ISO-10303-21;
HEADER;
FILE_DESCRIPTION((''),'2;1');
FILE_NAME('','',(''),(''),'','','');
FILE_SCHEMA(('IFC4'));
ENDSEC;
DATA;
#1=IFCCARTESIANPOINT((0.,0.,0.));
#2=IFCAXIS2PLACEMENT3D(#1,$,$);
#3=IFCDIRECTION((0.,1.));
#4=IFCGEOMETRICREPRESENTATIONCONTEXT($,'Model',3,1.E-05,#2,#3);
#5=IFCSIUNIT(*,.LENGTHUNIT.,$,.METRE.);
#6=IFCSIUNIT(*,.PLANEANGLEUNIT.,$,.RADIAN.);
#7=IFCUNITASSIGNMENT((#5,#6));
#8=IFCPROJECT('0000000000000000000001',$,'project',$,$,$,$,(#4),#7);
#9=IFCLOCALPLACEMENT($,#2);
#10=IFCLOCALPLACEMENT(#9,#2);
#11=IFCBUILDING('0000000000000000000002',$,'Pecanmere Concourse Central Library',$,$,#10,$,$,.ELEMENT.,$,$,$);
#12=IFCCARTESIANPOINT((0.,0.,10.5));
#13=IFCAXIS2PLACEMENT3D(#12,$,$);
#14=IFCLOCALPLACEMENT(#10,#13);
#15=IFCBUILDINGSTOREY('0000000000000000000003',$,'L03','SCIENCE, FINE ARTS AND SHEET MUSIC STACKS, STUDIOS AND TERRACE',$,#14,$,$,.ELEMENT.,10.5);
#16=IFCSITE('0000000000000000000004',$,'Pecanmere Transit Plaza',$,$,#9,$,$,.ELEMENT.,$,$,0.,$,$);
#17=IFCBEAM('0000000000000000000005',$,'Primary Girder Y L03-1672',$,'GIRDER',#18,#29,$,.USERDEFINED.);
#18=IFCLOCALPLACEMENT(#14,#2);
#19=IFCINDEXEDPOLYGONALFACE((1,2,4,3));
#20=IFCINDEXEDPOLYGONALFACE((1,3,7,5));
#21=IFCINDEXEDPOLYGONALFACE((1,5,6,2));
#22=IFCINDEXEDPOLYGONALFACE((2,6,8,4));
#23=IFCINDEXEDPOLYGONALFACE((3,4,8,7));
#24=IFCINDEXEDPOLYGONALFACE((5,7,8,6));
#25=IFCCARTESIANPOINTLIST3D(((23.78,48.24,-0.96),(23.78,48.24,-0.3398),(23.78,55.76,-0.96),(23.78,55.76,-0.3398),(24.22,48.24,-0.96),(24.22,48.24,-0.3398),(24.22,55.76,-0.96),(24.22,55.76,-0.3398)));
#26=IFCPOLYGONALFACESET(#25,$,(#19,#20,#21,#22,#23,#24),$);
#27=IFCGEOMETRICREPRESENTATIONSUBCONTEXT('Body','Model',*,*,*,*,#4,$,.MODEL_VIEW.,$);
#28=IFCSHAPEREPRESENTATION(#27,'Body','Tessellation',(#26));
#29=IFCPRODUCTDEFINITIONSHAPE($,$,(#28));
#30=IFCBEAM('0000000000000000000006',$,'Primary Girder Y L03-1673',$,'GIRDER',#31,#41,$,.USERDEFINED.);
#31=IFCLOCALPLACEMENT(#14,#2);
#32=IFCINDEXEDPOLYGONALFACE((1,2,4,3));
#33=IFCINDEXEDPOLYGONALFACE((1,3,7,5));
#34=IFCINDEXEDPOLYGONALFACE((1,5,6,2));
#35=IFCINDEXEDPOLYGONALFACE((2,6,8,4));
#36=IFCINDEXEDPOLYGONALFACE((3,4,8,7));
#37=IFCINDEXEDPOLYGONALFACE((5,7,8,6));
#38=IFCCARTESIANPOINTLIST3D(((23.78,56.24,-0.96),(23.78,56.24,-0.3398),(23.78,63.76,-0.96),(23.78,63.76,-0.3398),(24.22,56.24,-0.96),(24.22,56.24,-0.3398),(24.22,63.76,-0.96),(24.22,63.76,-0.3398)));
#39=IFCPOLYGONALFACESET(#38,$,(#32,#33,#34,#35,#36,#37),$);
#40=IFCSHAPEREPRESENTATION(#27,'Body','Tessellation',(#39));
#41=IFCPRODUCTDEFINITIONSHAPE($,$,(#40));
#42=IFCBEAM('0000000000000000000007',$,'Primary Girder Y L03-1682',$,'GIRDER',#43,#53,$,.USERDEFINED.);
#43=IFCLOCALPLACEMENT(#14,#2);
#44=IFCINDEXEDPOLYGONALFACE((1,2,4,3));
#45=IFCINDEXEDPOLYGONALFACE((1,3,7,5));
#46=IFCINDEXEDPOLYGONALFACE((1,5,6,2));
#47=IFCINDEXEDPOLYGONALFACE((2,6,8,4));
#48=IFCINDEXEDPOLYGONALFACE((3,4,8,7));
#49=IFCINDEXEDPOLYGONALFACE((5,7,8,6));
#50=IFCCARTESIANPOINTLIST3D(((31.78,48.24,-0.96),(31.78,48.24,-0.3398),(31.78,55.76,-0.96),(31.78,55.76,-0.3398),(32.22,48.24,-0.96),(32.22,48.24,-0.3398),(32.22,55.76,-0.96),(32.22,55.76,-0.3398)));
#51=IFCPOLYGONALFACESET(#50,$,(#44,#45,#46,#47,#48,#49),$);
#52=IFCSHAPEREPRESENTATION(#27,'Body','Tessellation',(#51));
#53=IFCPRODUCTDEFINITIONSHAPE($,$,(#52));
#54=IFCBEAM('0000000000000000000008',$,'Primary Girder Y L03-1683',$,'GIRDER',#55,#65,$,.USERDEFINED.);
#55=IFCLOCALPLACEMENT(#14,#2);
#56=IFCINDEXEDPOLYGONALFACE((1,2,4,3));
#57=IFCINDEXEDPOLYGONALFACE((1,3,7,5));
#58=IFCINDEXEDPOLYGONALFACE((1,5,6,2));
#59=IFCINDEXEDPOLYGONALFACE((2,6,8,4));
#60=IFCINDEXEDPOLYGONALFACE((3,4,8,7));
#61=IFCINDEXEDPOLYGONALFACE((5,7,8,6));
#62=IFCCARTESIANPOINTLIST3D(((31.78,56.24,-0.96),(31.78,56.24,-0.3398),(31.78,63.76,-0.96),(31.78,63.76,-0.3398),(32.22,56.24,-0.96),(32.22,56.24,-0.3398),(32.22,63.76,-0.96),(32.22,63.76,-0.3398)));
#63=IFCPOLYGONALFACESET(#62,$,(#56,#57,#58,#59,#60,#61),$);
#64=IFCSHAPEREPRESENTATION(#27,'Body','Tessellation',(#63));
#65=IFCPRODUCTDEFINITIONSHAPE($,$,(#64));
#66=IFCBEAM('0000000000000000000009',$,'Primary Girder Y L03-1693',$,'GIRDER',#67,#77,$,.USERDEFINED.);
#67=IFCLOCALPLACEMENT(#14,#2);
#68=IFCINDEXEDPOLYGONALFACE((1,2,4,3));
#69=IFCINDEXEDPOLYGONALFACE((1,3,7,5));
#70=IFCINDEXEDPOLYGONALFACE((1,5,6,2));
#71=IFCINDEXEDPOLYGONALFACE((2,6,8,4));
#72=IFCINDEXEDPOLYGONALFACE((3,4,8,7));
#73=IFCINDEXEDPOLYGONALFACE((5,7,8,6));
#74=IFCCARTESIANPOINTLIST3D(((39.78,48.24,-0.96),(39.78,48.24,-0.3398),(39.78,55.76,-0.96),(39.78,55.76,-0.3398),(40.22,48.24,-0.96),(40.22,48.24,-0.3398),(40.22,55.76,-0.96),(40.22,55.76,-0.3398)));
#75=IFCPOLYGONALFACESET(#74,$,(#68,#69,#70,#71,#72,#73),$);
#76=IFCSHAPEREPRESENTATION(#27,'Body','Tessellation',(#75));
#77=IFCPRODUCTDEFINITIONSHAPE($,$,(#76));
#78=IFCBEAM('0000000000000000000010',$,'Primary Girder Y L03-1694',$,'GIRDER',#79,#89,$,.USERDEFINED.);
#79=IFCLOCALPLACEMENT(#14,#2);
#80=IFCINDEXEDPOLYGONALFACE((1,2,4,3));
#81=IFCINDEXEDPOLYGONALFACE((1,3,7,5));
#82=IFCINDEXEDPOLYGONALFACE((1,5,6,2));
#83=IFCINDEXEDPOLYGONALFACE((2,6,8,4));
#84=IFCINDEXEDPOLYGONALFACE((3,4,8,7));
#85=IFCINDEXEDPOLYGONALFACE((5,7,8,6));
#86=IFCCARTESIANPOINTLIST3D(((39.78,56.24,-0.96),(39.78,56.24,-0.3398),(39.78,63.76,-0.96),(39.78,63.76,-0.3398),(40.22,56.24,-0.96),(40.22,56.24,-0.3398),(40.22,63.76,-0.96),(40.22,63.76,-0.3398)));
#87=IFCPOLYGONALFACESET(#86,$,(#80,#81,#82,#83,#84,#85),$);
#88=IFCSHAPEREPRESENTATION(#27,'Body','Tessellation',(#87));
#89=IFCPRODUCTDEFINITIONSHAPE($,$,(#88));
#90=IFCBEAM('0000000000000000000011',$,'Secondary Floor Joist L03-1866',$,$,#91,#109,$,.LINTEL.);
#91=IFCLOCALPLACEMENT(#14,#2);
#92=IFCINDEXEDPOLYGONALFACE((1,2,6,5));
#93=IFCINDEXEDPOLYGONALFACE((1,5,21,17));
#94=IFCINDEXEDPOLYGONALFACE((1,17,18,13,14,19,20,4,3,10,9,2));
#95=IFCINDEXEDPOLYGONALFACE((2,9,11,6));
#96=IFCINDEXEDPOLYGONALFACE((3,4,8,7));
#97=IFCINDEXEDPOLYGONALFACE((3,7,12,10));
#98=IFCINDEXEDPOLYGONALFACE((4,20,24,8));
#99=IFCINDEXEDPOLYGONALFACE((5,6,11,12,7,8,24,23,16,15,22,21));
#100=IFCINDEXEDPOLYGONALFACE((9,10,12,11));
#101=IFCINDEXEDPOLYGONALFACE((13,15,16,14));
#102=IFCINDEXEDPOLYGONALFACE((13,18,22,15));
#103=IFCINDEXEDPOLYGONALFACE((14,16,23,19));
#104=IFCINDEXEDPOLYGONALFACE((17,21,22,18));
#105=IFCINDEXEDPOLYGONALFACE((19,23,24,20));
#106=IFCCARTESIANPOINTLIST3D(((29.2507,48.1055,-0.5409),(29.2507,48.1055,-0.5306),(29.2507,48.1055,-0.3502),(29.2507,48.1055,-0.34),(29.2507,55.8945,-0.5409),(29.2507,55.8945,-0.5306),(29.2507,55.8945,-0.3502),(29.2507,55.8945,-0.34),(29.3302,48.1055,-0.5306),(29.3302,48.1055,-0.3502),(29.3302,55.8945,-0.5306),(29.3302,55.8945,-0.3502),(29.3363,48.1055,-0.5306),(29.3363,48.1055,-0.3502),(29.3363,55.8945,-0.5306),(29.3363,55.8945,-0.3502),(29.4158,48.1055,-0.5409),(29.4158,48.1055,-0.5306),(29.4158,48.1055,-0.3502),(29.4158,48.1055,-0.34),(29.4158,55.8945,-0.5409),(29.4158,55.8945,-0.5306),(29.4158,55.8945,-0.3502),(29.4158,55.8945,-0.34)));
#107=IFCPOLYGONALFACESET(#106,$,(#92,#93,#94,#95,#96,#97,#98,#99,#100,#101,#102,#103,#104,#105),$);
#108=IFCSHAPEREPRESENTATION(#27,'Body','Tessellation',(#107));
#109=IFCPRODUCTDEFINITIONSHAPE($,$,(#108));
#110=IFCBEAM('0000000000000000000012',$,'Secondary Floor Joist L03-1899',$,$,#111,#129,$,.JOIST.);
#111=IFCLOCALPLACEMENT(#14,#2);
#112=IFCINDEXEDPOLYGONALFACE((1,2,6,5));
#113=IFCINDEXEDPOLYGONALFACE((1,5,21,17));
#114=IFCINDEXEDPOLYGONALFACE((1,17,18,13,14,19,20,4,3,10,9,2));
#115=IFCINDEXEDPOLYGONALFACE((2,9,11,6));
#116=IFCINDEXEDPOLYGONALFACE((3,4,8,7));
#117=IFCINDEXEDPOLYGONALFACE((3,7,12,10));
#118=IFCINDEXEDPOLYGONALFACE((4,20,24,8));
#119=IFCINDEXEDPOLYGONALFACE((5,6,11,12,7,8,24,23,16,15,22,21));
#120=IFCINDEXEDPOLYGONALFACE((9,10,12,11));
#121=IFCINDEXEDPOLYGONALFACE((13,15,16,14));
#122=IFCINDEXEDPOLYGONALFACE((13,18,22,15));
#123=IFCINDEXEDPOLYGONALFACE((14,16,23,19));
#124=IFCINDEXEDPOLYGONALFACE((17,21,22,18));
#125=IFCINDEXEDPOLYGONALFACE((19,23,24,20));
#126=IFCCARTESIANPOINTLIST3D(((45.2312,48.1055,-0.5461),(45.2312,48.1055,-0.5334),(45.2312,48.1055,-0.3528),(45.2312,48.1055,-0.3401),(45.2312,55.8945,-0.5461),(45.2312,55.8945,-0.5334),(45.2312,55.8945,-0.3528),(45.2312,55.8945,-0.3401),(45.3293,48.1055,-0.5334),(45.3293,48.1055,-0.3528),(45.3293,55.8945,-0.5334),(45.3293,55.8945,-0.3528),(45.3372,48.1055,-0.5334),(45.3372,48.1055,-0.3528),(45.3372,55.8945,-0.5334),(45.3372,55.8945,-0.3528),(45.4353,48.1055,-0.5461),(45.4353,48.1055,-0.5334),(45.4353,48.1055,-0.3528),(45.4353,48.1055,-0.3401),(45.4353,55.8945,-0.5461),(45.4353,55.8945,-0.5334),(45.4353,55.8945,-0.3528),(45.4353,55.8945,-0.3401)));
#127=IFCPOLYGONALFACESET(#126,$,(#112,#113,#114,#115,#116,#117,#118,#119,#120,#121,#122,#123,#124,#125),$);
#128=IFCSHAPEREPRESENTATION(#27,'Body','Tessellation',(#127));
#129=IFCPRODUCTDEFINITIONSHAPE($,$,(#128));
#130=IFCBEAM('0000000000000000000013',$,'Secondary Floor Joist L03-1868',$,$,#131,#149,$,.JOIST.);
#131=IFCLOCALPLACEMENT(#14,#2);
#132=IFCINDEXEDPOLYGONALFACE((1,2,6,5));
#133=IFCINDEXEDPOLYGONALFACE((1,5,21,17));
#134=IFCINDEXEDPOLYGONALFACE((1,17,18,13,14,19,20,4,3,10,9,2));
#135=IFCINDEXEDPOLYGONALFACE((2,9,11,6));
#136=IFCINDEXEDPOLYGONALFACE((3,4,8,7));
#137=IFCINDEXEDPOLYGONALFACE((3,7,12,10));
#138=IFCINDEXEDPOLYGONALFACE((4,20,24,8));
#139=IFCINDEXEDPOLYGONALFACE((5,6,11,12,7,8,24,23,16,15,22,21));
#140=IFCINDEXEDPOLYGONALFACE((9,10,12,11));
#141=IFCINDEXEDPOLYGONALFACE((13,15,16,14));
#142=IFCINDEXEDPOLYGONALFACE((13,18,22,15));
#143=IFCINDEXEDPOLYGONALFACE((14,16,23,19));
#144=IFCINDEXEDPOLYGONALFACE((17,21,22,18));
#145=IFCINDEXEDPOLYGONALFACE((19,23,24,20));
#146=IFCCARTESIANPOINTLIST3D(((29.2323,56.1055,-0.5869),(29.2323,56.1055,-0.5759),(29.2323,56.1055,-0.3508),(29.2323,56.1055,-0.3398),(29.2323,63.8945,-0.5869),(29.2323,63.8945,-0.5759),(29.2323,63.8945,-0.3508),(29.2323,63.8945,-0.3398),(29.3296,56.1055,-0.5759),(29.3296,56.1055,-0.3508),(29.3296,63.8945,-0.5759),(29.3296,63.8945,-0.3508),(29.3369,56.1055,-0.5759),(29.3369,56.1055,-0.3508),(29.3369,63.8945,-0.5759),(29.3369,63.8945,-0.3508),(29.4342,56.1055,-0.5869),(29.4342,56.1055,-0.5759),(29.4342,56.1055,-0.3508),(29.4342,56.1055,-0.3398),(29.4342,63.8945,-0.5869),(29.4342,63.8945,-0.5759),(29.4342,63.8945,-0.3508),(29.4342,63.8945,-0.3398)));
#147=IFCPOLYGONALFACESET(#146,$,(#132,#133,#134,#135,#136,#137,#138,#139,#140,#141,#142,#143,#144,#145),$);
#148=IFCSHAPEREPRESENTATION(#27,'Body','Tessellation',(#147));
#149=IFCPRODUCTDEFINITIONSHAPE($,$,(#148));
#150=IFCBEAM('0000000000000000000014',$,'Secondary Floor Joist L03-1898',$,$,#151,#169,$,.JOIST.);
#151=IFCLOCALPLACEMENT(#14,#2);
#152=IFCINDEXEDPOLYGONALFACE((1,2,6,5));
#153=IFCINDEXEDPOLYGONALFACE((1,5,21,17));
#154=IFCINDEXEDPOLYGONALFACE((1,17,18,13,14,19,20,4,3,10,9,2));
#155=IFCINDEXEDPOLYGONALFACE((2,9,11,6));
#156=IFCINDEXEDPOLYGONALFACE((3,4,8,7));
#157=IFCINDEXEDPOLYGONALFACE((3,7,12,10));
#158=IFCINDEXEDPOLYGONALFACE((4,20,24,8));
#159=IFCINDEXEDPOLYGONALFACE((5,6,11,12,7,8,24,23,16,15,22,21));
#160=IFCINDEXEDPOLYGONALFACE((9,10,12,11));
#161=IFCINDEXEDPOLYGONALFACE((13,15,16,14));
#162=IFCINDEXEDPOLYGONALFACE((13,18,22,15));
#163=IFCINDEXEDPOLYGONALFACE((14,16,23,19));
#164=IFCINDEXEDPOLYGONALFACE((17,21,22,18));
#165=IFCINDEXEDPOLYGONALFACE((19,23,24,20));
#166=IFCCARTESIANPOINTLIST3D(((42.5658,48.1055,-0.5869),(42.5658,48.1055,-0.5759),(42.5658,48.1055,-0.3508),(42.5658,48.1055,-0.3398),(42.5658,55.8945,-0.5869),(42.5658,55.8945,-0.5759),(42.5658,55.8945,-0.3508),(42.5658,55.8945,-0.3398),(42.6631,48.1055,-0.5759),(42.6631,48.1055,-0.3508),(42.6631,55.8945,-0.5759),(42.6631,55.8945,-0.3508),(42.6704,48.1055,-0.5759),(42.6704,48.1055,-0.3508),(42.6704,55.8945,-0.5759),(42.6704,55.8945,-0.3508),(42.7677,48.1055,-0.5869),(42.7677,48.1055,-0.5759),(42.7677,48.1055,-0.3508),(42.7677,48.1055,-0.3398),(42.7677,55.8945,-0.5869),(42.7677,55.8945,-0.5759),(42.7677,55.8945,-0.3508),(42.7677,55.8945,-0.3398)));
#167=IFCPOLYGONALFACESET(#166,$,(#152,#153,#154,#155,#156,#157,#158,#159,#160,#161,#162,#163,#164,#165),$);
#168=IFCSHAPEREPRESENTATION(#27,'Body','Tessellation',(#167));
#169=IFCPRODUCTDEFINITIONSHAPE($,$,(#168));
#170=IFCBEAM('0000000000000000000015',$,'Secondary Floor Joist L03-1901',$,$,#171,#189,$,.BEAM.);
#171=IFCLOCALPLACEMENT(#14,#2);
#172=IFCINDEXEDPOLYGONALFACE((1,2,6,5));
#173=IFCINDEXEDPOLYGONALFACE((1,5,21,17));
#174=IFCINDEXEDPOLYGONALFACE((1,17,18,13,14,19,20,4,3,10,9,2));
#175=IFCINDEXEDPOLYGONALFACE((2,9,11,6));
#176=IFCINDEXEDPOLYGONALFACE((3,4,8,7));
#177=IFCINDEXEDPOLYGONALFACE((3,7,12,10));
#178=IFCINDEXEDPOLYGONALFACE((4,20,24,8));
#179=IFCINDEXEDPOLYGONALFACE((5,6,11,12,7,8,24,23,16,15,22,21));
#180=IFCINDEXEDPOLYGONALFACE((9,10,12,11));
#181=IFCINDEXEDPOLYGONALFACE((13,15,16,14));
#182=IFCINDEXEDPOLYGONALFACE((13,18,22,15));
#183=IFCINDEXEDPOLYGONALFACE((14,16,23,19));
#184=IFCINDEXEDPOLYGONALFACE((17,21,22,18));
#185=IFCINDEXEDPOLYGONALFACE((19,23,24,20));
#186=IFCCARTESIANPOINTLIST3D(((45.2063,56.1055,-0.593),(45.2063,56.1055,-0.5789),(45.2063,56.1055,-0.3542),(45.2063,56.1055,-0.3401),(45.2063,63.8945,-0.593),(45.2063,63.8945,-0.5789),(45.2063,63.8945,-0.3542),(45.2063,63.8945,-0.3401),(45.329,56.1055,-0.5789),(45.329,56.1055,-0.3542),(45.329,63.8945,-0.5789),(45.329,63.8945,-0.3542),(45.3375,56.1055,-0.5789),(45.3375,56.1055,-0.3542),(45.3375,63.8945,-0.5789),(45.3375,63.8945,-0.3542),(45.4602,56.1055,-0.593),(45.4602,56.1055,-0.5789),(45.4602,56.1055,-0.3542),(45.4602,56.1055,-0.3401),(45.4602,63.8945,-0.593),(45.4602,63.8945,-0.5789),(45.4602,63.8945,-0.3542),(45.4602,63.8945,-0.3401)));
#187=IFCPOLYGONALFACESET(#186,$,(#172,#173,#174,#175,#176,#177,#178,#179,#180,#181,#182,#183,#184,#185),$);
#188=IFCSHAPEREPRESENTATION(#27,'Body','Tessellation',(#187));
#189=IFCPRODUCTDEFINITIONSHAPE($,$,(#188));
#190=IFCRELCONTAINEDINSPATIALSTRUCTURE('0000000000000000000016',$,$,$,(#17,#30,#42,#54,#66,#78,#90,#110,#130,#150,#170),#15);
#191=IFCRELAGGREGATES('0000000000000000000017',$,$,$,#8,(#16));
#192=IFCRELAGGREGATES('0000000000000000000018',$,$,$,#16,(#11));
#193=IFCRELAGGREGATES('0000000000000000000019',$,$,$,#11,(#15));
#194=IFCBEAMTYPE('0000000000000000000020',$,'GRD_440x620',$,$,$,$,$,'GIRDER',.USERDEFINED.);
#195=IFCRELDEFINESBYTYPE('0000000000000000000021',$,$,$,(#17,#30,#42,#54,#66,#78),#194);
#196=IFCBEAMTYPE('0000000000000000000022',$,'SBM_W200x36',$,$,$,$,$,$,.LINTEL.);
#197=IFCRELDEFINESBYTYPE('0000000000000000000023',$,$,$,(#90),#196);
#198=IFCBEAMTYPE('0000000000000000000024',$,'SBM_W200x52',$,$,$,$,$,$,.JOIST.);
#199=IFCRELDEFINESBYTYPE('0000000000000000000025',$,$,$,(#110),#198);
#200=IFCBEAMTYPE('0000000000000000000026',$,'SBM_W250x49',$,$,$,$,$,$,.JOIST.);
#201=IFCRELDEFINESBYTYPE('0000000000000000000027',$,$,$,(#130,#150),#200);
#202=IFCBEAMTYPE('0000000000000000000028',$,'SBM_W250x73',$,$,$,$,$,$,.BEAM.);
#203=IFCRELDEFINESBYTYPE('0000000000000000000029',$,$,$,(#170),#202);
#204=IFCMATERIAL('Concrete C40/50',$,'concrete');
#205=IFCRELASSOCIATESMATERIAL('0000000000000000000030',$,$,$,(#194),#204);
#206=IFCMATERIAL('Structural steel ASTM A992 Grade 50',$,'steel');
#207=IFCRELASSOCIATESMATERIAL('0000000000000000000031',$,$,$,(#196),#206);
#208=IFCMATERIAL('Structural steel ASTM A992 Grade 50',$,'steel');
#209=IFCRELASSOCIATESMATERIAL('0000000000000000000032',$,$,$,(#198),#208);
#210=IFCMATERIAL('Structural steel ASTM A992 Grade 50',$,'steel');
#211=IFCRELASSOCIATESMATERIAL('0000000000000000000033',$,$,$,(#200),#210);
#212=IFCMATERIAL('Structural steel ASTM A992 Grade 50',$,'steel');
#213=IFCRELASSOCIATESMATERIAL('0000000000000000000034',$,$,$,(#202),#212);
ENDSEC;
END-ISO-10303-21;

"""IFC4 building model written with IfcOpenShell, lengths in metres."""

from ifc_helpers import new_model, si_unit, direction, frame, origin, origin_2d, place, context, subcontext, project, spatial, rectangle, i_section, extrude, material, material_profile, profile_set, type_object, element, save


model = new_model("IFC4")

# Units and contexts
model_context = context("Model", 3, precision=1e-05, world=origin(), true_north=direction((0.0, 1.0)))
body_context = subcontext(model_context, "Body", "Model", "MODEL_VIEW")
ifc_project = project(units=[si_unit("LENGTHUNIT", "METRE"), si_unit("PLANEANGLEUNIT", "RADIAN")], contexts=[model_context])

# Site, building, storey
site_placement = place(None, origin())
site = spatial("IfcSite", under=ifc_project, at=site_placement, Name="Pecanmere Transit Plaza", CompositionType="ELEMENT", RefElevation=0.0)
building_placement = place(site_placement, origin())
building = spatial("IfcBuilding", under=site, at=building_placement, Name="Pecanmere Concourse Central Library", CompositionType="ELEMENT")
storey_placement = place(building_placement, frame((0.0, 0.0, 10.5)))
storey = spatial("IfcBuildingStorey", under=building, at=storey_placement, Name="L03", Description="SCIENCE, FINE ARTS AND SHEET MUSIC STACKS, STUDIOS AND TERRACE", CompositionType="ELEMENT", Elevation=10.5)

# Beams
ifc_material_1 = material(Name="Concrete C40/50", Category="concrete")
ifc_material_profile_1 = material_profile(ifc_material_1, rectangle(XDim=0.4399, YDim=0.6201, at=origin_2d()), Name="RC 440x620")
ifc_profile_set_1 = profile_set([ifc_material_profile_1], Name="Concrete C40/50")
beam_type_1 = type_object("IfcBeamType", Name="GRD_440x620", ElementType="GIRDER", PredefinedType="USERDEFINED", material=ifc_profile_set_1)
for number, where, z_axis, x_axis, name in (
    (1, (24.0, 48.24, -0.6499), (0.0, 1.0, 0.0), (-1.0, 0.0, 0.0), "Primary Girder Y L03-1672"),
    (2, (24.0, 56.24, -0.6499), (0.0, 1.0, 0.0), (-1.0, 0.0, 0.0), "Primary Girder Y L03-1673"),
    (3, (32.0, 48.24, -0.6499), (0.0, 1.0, 0.0), (-1.0, 0.0, 0.0), "Primary Girder Y L03-1682"),
    (4, (32.0, 56.24, -0.6499), (0.0, 1.0, 0.0), (-1.0, 0.0, 0.0), "Primary Girder Y L03-1683"),
    (5, (40.0, 48.24, -0.6499), (0.0, 1.0, 0.0), (-1.0, 0.0, 0.0), "Primary Girder Y L03-1693"),
    (6, (40.0, 56.24, -0.6499), (0.0, 1.0, 0.0), (-1.0, 0.0, 0.0), "Primary Girder Y L03-1694"),
):
    element("IfcBeam", number, at=place(storey_placement, frame(where, z_axis=z_axis, x_axis=x_axis)), inside=storey, type_object=beam_type_1, Name=name, ObjectType="GIRDER", PredefinedType="USERDEFINED", context=body_context, shape_type="SweptSolid", body=[
        extrude(rectangle(XDim=0.4399, YDim=0.6201, at=origin_2d()), origin(), (0.0, 0.0, 1.0), 7.52),
    ])
ifc_material_2 = material(Name="Structural steel ASTM A992 Grade 50", Category="steel")
ifc_material_profile_2 = material_profile(ifc_material_2, i_section(OverallWidth=0.165, OverallDepth=0.2009, WebThickness=0.0061, FlangeThickness=0.0103, at=origin_2d()), Name="W200x35.9")
ifc_profile_set_2 = profile_set([ifc_material_profile_2], Name="Structural steel ASTM A992 Grade 50")
beam_type_2 = type_object("IfcBeamType", Name="SBM_W200x36", PredefinedType="LINTEL", material=ifc_profile_set_2)
beam_1_placement = place(storey_placement, frame((29.3333, 48.1055, -0.4404), z_axis=(0.0, 1.0, 0.0), x_axis=(-1.0, 0.0, 0.0)))
element("IfcBeam", 7, at=beam_1_placement, inside=storey, type_object=beam_type_2, Name="Secondary Floor Joist L03-1866", PredefinedType="LINTEL", context=body_context, shape_type="SweptSolid", body=[
    extrude(i_section(OverallWidth=0.165, OverallDepth=0.2009, WebThickness=0.0061, FlangeThickness=0.0103, at=origin_2d()), origin(), (0.0, 0.0, 1.0), 7.7891),
])
ifc_material_3 = material(Name="Structural steel ASTM A992 Grade 50", Category="steel")
ifc_material_profile_3 = material_profile(ifc_material_3, i_section(OverallWidth=0.2041, OverallDepth=0.2061, WebThickness=0.0078, FlangeThickness=0.0127, at=origin_2d()), Name="W200x52")
ifc_profile_set_3 = profile_set([ifc_material_profile_3], Name="Structural steel ASTM A992 Grade 50")
beam_type_3 = type_object("IfcBeamType", Name="SBM_W200x52", PredefinedType="JOIST", material=ifc_profile_set_3)
beam_2_placement = place(storey_placement, frame((45.3333, 48.1055, -0.4431), z_axis=(0.0, 1.0, 0.0), x_axis=(-1.0, 0.0, 0.0)))
element("IfcBeam", 8, at=beam_2_placement, inside=storey, type_object=beam_type_3, Name="Secondary Floor Joist L03-1899", PredefinedType="JOIST", context=body_context, shape_type="SweptSolid", body=[
    extrude(i_section(OverallWidth=0.2041, OverallDepth=0.2061, WebThickness=0.0078, FlangeThickness=0.0127, at=origin_2d()), origin(), (0.0, 0.0, 1.0), 7.7891),
])
ifc_material_4 = material(Name="Structural steel ASTM A992 Grade 50", Category="steel")
ifc_material_profile_4 = material_profile(ifc_material_4, i_section(OverallWidth=0.2019, OverallDepth=0.2471, WebThickness=0.0073, FlangeThickness=0.011, at=origin_2d()), Name="W250x49.1")
ifc_profile_set_4 = profile_set([ifc_material_profile_4], Name="Structural steel ASTM A992 Grade 50")
beam_type_4 = type_object("IfcBeamType", Name="SBM_W250x49", PredefinedType="JOIST", material=ifc_profile_set_4)
for number, where, z_axis, x_axis, name in (
    (9, (29.3333, 56.1055, -0.4634), (0.0, 1.0, 0.0), (-1.0, 0.0, 0.0), "Secondary Floor Joist L03-1868"),
    (10, (42.6667, 48.1055, -0.4634), (0.0, 1.0, 0.0), (-1.0, 0.0, 0.0), "Secondary Floor Joist L03-1898"),
):
    element("IfcBeam", number, at=place(storey_placement, frame(where, z_axis=z_axis, x_axis=x_axis)), inside=storey, type_object=beam_type_4, Name=name, PredefinedType="JOIST", context=body_context, shape_type="SweptSolid", body=[
        extrude(i_section(OverallWidth=0.2019, OverallDepth=0.2471, WebThickness=0.0073, FlangeThickness=0.011, at=origin_2d()), origin(), (0.0, 0.0, 1.0), 7.7891),
    ])
ifc_material_5 = material(Name="Structural steel ASTM A992 Grade 50", Category="steel")
ifc_material_profile_5 = material_profile(ifc_material_5, i_section(OverallWidth=0.2539, OverallDepth=0.2529, WebThickness=0.0085, FlangeThickness=0.0142, at=origin_2d()), Name="W250x73")
ifc_profile_set_5 = profile_set([ifc_material_profile_5], Name="Structural steel ASTM A992 Grade 50")
beam_type_5 = type_object("IfcBeamType", Name="SBM_W250x73", PredefinedType="BEAM", material=ifc_profile_set_5)
beam_3_placement = place(storey_placement, frame((45.3333, 56.1055, -0.4666), z_axis=(0.0, 1.0, 0.0), x_axis=(-1.0, 0.0, 0.0)))
element("IfcBeam", 11, at=beam_3_placement, inside=storey, type_object=beam_type_5, Name="Secondary Floor Joist L03-1901", PredefinedType="BEAM", context=body_context, shape_type="SweptSolid", body=[
    extrude(i_section(OverallWidth=0.2539, OverallDepth=0.2529, WebThickness=0.0085, FlangeThickness=0.0142, at=origin_2d()), origin(), (0.0, 0.0, 1.0), 7.7891),
])

save(model, "model.ifc")
